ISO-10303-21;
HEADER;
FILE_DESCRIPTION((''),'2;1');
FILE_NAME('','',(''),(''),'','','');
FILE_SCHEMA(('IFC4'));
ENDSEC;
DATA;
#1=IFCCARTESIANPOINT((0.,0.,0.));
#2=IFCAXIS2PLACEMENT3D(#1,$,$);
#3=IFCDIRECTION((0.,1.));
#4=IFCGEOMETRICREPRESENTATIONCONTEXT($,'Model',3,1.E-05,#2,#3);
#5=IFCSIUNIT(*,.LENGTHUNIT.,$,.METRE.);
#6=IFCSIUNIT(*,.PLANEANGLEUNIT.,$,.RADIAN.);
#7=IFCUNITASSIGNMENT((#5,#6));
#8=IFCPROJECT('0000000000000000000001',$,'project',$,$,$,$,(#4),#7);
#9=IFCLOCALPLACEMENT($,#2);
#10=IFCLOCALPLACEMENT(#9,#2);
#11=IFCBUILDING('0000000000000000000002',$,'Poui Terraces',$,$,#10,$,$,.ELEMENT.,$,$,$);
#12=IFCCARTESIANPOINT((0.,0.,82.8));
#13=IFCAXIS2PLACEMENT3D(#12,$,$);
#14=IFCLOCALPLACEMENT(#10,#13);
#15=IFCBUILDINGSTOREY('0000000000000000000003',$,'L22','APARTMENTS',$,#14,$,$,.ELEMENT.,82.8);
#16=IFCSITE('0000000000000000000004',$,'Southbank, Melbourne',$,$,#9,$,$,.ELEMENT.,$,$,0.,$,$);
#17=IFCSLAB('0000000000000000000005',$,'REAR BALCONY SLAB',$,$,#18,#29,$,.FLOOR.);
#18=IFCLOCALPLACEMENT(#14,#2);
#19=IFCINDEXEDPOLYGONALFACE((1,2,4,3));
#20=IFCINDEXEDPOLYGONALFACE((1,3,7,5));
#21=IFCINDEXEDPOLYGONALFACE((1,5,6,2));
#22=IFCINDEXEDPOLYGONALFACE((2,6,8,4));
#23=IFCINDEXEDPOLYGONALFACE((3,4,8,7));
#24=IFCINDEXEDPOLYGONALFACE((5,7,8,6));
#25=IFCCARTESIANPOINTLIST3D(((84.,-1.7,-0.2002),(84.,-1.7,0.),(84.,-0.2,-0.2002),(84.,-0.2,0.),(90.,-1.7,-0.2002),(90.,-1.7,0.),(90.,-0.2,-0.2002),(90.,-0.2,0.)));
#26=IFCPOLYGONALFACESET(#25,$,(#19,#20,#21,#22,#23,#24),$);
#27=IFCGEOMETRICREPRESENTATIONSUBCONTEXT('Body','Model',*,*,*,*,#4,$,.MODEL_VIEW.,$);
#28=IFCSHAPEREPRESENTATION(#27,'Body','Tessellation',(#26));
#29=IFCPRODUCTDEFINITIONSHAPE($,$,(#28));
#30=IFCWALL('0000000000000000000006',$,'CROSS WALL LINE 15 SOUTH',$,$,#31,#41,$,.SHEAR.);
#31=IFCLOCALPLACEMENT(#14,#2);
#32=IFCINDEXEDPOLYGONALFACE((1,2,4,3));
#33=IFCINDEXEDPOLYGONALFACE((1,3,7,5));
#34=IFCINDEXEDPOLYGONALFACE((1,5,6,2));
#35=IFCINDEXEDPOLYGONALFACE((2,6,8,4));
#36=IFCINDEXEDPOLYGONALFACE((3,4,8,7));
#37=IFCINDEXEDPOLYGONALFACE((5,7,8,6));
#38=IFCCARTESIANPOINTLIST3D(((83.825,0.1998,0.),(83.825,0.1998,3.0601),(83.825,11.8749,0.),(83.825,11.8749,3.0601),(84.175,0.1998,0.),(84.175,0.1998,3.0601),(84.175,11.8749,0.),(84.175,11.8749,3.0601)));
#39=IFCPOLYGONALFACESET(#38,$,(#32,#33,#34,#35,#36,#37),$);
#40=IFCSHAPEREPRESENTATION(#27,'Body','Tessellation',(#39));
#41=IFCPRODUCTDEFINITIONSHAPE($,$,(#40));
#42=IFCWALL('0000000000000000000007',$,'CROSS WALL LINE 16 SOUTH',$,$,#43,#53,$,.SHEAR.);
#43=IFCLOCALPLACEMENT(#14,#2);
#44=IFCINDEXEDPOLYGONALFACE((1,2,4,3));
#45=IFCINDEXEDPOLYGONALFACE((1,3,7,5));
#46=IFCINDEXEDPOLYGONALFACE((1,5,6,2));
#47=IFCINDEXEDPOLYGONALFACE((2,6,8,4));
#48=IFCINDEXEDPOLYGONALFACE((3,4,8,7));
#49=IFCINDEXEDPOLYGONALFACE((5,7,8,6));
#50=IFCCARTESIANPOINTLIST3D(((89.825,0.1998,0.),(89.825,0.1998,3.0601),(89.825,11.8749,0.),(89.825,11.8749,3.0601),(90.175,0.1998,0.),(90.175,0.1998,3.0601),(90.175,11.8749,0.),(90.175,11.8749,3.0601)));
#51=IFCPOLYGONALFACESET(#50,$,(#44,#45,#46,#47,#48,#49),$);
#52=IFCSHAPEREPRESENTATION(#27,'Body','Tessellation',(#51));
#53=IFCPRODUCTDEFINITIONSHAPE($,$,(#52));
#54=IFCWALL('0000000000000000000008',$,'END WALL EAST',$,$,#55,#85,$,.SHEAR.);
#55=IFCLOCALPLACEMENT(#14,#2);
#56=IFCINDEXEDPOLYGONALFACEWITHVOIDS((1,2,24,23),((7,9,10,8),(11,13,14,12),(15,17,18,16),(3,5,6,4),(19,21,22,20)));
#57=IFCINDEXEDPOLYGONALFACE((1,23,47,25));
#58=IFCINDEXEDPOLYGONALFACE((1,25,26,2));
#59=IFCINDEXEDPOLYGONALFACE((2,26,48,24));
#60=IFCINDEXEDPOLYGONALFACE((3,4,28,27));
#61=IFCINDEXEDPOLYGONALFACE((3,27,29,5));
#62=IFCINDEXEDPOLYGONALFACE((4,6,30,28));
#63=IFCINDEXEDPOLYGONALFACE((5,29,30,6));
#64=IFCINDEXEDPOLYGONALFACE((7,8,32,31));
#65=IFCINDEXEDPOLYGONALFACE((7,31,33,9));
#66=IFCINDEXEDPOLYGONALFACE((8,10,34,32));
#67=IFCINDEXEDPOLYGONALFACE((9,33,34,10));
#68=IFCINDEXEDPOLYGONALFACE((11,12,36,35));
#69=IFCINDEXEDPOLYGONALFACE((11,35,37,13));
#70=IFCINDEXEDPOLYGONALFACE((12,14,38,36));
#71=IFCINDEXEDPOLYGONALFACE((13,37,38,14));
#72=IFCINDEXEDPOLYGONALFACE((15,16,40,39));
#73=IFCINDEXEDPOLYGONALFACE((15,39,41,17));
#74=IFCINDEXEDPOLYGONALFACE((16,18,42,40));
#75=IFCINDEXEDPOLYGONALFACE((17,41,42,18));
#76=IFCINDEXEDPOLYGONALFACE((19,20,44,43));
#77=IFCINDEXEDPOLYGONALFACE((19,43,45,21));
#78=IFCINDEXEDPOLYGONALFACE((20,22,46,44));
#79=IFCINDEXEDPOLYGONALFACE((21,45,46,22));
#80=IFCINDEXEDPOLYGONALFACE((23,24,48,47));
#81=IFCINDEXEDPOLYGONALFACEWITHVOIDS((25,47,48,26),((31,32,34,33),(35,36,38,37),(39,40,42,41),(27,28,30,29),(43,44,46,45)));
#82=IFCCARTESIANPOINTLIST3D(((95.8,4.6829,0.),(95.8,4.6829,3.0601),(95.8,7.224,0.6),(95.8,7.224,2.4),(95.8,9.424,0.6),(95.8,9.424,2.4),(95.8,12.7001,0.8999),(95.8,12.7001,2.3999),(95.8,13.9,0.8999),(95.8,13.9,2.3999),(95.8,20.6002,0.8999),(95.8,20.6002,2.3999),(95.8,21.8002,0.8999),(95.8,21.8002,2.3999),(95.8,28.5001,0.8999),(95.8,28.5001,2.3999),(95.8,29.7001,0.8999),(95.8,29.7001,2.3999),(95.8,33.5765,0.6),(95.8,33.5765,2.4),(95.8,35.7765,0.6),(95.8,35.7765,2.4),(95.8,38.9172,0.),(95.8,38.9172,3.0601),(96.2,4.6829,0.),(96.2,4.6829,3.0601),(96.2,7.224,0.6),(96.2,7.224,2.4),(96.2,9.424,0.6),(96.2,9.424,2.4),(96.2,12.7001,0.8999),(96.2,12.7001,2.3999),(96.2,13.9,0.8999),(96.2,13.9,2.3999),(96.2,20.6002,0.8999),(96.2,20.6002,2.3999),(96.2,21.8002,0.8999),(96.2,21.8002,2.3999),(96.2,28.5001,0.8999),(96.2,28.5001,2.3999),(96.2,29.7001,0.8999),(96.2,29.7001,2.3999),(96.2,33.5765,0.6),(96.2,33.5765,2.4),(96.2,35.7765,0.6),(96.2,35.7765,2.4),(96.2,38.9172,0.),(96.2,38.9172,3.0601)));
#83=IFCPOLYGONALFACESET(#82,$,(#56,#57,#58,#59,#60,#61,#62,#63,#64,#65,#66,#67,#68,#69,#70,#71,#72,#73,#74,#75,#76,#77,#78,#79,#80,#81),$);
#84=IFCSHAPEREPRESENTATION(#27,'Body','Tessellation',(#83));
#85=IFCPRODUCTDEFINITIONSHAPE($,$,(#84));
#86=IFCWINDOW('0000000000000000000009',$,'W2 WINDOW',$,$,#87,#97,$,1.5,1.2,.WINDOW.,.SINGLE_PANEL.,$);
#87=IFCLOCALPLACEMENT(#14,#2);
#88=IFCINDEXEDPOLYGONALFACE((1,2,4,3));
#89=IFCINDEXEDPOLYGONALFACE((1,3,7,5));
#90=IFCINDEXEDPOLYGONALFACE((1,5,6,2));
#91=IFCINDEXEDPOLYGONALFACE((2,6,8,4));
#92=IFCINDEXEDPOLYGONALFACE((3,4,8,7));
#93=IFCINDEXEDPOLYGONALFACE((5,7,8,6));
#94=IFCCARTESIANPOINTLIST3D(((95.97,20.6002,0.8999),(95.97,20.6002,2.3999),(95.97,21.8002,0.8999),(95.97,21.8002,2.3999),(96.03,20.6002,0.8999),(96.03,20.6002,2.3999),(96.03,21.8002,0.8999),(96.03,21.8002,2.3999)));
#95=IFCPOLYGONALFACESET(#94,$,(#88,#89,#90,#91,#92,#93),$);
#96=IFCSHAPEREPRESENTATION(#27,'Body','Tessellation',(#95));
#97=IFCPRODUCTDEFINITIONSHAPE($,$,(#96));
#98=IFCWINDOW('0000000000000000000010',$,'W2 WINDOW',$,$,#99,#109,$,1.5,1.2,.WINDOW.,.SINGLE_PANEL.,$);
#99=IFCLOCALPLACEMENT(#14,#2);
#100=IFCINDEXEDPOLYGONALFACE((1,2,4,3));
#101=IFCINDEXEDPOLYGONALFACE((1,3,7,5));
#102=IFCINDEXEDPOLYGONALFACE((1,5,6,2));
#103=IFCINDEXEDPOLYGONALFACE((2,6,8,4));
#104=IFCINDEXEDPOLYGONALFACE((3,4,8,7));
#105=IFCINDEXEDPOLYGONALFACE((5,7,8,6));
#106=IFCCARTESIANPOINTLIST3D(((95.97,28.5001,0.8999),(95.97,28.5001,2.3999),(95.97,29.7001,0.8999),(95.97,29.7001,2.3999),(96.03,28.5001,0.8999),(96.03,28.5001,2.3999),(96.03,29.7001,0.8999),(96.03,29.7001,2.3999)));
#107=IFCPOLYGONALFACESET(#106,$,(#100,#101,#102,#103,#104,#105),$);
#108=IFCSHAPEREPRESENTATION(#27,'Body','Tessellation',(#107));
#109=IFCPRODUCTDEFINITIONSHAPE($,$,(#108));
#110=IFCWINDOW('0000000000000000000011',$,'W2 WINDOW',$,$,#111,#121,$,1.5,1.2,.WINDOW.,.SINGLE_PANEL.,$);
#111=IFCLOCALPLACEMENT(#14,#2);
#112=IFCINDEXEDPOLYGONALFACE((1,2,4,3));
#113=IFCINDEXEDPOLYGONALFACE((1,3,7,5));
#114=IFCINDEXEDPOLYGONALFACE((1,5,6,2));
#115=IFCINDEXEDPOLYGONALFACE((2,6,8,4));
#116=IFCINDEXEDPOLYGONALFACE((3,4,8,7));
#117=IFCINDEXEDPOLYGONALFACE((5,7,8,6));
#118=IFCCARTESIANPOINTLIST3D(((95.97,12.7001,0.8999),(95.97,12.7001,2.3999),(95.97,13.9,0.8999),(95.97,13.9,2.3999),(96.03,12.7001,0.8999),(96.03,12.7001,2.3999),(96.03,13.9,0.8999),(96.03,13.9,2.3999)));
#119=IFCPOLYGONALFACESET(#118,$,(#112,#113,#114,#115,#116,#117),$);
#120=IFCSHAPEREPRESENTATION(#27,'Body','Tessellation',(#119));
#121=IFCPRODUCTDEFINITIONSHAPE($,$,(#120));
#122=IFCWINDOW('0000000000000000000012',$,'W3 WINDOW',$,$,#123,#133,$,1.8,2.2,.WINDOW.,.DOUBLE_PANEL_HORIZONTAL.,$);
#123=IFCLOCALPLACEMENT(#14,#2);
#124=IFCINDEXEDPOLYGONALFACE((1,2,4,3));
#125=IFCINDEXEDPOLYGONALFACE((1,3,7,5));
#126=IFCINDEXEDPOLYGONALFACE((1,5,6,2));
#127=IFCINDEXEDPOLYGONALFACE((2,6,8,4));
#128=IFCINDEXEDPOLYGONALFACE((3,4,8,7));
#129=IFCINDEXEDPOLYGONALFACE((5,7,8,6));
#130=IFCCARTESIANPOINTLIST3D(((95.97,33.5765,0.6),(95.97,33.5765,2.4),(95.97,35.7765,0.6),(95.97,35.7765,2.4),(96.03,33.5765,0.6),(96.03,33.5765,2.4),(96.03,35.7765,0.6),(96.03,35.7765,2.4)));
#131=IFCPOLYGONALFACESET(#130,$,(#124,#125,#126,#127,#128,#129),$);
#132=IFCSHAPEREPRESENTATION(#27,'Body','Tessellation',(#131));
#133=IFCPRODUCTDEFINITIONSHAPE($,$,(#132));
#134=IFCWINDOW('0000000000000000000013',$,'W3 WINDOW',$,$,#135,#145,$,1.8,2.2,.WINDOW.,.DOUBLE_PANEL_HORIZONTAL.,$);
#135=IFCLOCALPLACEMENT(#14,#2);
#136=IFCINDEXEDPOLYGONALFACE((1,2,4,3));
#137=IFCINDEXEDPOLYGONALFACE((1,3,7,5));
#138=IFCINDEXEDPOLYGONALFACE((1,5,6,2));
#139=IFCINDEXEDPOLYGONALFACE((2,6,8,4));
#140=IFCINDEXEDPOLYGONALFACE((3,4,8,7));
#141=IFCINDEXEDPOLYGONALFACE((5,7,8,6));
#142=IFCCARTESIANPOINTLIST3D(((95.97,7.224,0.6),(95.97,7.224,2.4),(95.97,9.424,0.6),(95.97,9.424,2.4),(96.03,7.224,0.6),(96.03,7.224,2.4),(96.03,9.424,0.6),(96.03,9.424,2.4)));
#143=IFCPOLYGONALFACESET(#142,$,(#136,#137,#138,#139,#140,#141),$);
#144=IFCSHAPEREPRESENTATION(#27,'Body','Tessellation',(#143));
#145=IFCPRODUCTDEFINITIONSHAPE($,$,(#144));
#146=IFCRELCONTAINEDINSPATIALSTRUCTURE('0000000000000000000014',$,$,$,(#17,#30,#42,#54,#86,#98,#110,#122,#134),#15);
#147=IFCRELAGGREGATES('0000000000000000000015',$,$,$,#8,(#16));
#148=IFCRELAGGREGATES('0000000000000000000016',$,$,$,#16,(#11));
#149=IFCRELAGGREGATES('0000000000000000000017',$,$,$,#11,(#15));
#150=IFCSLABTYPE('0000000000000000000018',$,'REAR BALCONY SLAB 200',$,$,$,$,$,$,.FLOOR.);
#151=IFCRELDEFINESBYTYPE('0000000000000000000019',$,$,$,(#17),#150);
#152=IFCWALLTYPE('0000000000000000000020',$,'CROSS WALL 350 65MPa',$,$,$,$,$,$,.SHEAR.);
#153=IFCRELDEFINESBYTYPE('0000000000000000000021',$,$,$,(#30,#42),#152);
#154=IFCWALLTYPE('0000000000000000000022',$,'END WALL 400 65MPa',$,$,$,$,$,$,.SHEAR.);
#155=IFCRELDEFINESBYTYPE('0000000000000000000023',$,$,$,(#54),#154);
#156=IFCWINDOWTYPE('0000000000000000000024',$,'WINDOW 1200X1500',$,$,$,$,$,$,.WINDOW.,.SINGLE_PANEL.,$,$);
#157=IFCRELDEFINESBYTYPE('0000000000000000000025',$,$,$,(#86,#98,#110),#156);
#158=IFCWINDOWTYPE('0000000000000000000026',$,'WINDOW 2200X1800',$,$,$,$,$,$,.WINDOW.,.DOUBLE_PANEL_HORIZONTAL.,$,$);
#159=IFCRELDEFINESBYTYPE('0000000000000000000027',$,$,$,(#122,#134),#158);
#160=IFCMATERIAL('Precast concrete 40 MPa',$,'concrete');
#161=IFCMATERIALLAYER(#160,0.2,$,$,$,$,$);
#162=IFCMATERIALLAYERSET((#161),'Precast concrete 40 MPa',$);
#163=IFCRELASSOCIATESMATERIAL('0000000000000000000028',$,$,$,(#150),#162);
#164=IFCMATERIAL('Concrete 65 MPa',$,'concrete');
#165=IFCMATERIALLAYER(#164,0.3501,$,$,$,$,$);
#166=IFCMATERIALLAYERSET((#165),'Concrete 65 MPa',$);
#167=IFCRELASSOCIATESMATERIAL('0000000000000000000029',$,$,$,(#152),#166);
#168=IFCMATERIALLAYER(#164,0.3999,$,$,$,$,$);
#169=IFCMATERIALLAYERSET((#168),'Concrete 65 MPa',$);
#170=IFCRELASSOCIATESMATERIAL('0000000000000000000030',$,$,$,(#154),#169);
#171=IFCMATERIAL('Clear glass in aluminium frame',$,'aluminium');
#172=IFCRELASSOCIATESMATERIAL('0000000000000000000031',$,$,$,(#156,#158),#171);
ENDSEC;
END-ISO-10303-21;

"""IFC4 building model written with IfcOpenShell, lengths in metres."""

from ifc_helpers import new_model, si_unit, direction, frame, frame_2d, origin, place, context, subcontext, project, spatial, polyline, rectangle, outline, extrude, source, transform, mapped, material, layer, layer_set, type_object, element, fill, save


model = new_model("IFC4")

# Units and contexts
model_context = context("Model", 3, precision=1e-05, world=origin(), true_north=direction((0.0, 1.0)))
body_context = subcontext(model_context, "Body", "Model", "MODEL_VIEW")
ifc_project = project(units=[si_unit("LENGTHUNIT", "METRE"), si_unit("PLANEANGLEUNIT", "RADIAN")], contexts=[model_context])

# Site, building, storey
site_placement = place(None, origin())
site = spatial("IfcSite", under=ifc_project, at=site_placement, Name="Southbank, Melbourne", CompositionType="ELEMENT", RefElevation=0.0)
building_placement = place(site_placement, origin())
building = spatial("IfcBuilding", under=site, at=building_placement, Name="Poui Terraces", CompositionType="ELEMENT")
storey_placement = place(building_placement, frame((0.0, 0.0, 82.8)))
storey = spatial("IfcBuildingStorey", under=building, at=storey_placement, Name="L22", Description="APARTMENTS", CompositionType="ELEMENT", Elevation=82.8)

# Slab
ifc_material_1 = material(Name="Precast concrete 40 MPa", Category="concrete")
ifc_layer_1 = layer(ifc_material_1, 0.2)
ifc_layer_set_1 = layer_set([ifc_layer_1], Name="Precast concrete 40 MPa")
slab_type = type_object("IfcSlabType", Name="REAR BALCONY SLAB 200", PredefinedType="FLOOR", material=ifc_layer_set_1)
shared_shape_1 = source(origin(), body_context, "Body", "SweptSolid", [
    extrude(outline(polyline([(0.0, 0.0), (6.0, 0.0), (6.0, 1.5), (0.0, 1.5), (0.0, 0.0)])), origin(), (0.0, 0.0, 1.0), 0.2002),
])
slab_placement = place(storey_placement, frame((84.0, -1.7, -0.2002)))
element("IfcSlab", 1, at=slab_placement, inside=storey, type_object=slab_type, Name="REAR BALCONY SLAB", PredefinedType="FLOOR", context=body_context, shape_type="MappedRepresentation", body=[
    mapped(shared_shape_1, transform((0.0, 0.0, 0.0))),
])

# Walls
ifc_material_2 = material(Name="Concrete 65 MPa", Category="concrete")
ifc_layer_2 = layer(ifc_material_2, 0.3501)
ifc_layer_set_2 = layer_set([ifc_layer_2], Name="Concrete 65 MPa")
wall_type_1 = type_object("IfcWallType", Name="CROSS WALL 350 65MPa", PredefinedType="SHEAR", material=ifc_layer_set_2)
for number, where, z_axis, x_axis, name in (
    (2, (84.0, 0.2, 0.0), (0.0, 0.0, 1.0), (0.0, 1.0, 0.0), "CROSS WALL LINE 15 SOUTH"),
    (3, (90.0, 0.2, 0.0), (0.0, 0.0, 1.0), (0.0, 1.0, 0.0), "CROSS WALL LINE 16 SOUTH"),
):
    element("IfcWall", number, at=place(storey_placement, frame(where, z_axis=z_axis, x_axis=x_axis)), inside=storey, type_object=wall_type_1, Name=name, PredefinedType="SHEAR", context=body_context, shape_type="SweptSolid", body=[
        extrude(rectangle(XDim=11.675, YDim=0.3501, at=frame_2d((5.8374, 0.0))), origin(), (0.0, 0.0, 1.0), 3.0601),
    ])

# Wall, openings, windows
ifc_layer_3 = layer(ifc_material_2, 0.3999)
ifc_layer_set_3 = layer_set([ifc_layer_3], Name="Concrete 65 MPa")
wall_type_2 = type_object("IfcWallType", Name="END WALL 400 65MPa", PredefinedType="SHEAR", material=ifc_layer_set_3)
wall_1_placement = place(storey_placement, frame((96.0, 4.6829, 0.0), z_axis=(0.0, 0.0, 1.0), x_axis=(0.0, 1.0, 0.0)))
wall_1 = element("IfcWall", 4, at=wall_1_placement, inside=storey, type_object=wall_type_2, Name="END WALL EAST", PredefinedType="SHEAR", context=body_context, shape_type="SweptSolid", body=[
    extrude(rectangle(XDim=34.2344, YDim=0.3999, at=frame_2d((17.1172, 0.0))), origin(), (0.0, 0.0, 1.0), 3.0601),
])
opening_1_placement = place(wall_1_placement, frame((15.9172, 0.0, 0.8999)))
opening_1 = element("IfcOpeningElement", 5, at=opening_1_placement, cuts=wall_1, PredefinedType="OPENING", context=body_context, shape_type="SweptSolid", body=[
    extrude(rectangle(XDim=1.2, YDim=1.5, at=frame_2d((0.6001, 0.75))), frame((0.0, 0.21, 0.0), z_axis=(0.0, -1.0, 0.0), x_axis=(1.0, 0.0, 0.0)), (0.0, 0.0, 1.0), 0.4199),
])
opening_2_placement = place(wall_1_placement, frame((23.8171, 0.0, 0.8999)))
opening_2 = element("IfcOpeningElement", 6, at=opening_2_placement, cuts=wall_1, PredefinedType="OPENING", context=body_context, shape_type="SweptSolid", body=[
    extrude(rectangle(XDim=1.2, YDim=1.5, at=frame_2d((0.6001, 0.75))), frame((0.0, 0.21, 0.0), z_axis=(0.0, -1.0, 0.0), x_axis=(1.0, 0.0, 0.0)), (0.0, 0.0, 1.0), 0.4199),
])
opening_3_placement = place(wall_1_placement, frame((8.0171, 0.0, 0.8999)))
opening_3 = element("IfcOpeningElement", 7, at=opening_3_placement, cuts=wall_1, PredefinedType="OPENING", context=body_context, shape_type="SweptSolid", body=[
    extrude(rectangle(XDim=1.2, YDim=1.5, at=frame_2d((0.6001, 0.75))), frame((0.0, 0.21, 0.0), z_axis=(0.0, -1.0, 0.0), x_axis=(1.0, 0.0, 0.0)), (0.0, 0.0, 1.0), 0.4199),
])
opening_4_placement = place(wall_1_placement, frame((28.8936, 0.0, 0.6001)))
opening_4 = element("IfcOpeningElement", 8, at=opening_4_placement, cuts=wall_1, PredefinedType="OPENING", context=body_context, shape_type="SweptSolid", body=[
    extrude(rectangle(XDim=2.2, YDim=1.8, at=frame_2d((1.1001, 0.8999))), frame((0.0, 0.21, 0.0), z_axis=(0.0, -1.0, 0.0), x_axis=(1.0, 0.0, 0.0)), (0.0, 0.0, 1.0), 0.4199),
])
opening_5_placement = place(wall_1_placement, frame((2.541, 0.0, 0.6001)))
opening_5 = element("IfcOpeningElement", 9, at=opening_5_placement, cuts=wall_1, PredefinedType="OPENING", context=body_context, shape_type="SweptSolid", body=[
    extrude(rectangle(XDim=2.2, YDim=1.8, at=frame_2d((1.1001, 0.8999))), frame((0.0, 0.21, 0.0), z_axis=(0.0, -1.0, 0.0), x_axis=(1.0, 0.0, 0.0)), (0.0, 0.0, 1.0), 0.4199),
])
ifc_material_3 = material(Name="Clear glass in aluminium frame", Category="aluminium")
window_type_1 = type_object("IfcWindowType", Name="WINDOW 1200X1500", PartitioningType="SINGLE_PANEL", PredefinedType="WINDOW", material=ifc_material_3)
window_1_placement = place(opening_1_placement, origin())
window_1 = element("IfcWindow", 10, at=window_1_placement, inside=storey, type_object=window_type_1, Name="W2 WINDOW", OverallHeight=1.5, OverallWidth=1.2, PartitioningType="SINGLE_PANEL", PredefinedType="WINDOW", context=body_context, shape_type="SweptSolid", body=[
    extrude(rectangle(XDim=1.2, YDim=1.5, at=frame_2d((0.6001, 0.75))), frame((0.0, 0.03, 0.0), z_axis=(0.0, -1.0, 0.0), x_axis=(1.0, 0.0, 0.0)), (0.0, 0.0, 1.0), 0.0601),
])
fill(opening_1, window_1)
window_2_placement = place(opening_2_placement, origin())
window_2 = element("IfcWindow", 11, at=window_2_placement, inside=storey, type_object=window_type_1, Name="W2 WINDOW", OverallHeight=1.5, OverallWidth=1.2, PartitioningType="SINGLE_PANEL", PredefinedType="WINDOW", context=body_context, shape_type="SweptSolid", body=[
    extrude(rectangle(XDim=1.2, YDim=1.5, at=frame_2d((0.6001, 0.75))), frame((0.0, 0.03, 0.0), z_axis=(0.0, -1.0, 0.0), x_axis=(1.0, 0.0, 0.0)), (0.0, 0.0, 1.0), 0.0601),
])
fill(opening_2, window_2)
window_3_placement = place(opening_3_placement, origin())
window_3 = element("IfcWindow", 12, at=window_3_placement, inside=storey, type_object=window_type_1, Name="W2 WINDOW", OverallHeight=1.5, OverallWidth=1.2, PartitioningType="SINGLE_PANEL", PredefinedType="WINDOW", context=body_context, shape_type="SweptSolid", body=[
    extrude(rectangle(XDim=1.2, YDim=1.5, at=frame_2d((0.6001, 0.75))), frame((0.0, 0.03, 0.0), z_axis=(0.0, -1.0, 0.0), x_axis=(1.0, 0.0, 0.0)), (0.0, 0.0, 1.0), 0.0601),
])
fill(opening_3, window_3)
window_type_2 = type_object("IfcWindowType", Name="WINDOW 2200X1800", PartitioningType="DOUBLE_PANEL_HORIZONTAL", PredefinedType="WINDOW", material=ifc_material_3)
window_4_placement = place(opening_4_placement, origin())
window_4 = element("IfcWindow", 13, at=window_4_placement, inside=storey, type_object=window_type_2, Name="W3 WINDOW", OverallHeight=1.8, OverallWidth=2.2, PartitioningType="DOUBLE_PANEL_HORIZONTAL", PredefinedType="WINDOW", context=body_context, shape_type="SweptSolid", body=[
    extrude(rectangle(XDim=2.2, YDim=1.8, at=frame_2d((1.1001, 0.8999))), frame((0.0, 0.03, 0.0), z_axis=(0.0, -1.0, 0.0), x_axis=(1.0, 0.0, 0.0)), (0.0, 0.0, 1.0), 0.0601),
])
fill(opening_4, window_4)
window_5_placement = place(opening_5_placement, origin())
window_5 = element("IfcWindow", 14, at=window_5_placement, inside=storey, type_object=window_type_2, Name="W3 WINDOW", OverallHeight=1.8, OverallWidth=2.2, PartitioningType="DOUBLE_PANEL_HORIZONTAL", PredefinedType="WINDOW", context=body_context, shape_type="SweptSolid", body=[
    extrude(rectangle(XDim=2.2, YDim=1.8, at=frame_2d((1.1001, 0.8999))), frame((0.0, 0.03, 0.0), z_axis=(0.0, -1.0, 0.0), x_axis=(1.0, 0.0, 0.0)), (0.0, 0.0, 1.0), 0.0601),
])
fill(opening_5, window_5)

save(model, "model.ifc")
